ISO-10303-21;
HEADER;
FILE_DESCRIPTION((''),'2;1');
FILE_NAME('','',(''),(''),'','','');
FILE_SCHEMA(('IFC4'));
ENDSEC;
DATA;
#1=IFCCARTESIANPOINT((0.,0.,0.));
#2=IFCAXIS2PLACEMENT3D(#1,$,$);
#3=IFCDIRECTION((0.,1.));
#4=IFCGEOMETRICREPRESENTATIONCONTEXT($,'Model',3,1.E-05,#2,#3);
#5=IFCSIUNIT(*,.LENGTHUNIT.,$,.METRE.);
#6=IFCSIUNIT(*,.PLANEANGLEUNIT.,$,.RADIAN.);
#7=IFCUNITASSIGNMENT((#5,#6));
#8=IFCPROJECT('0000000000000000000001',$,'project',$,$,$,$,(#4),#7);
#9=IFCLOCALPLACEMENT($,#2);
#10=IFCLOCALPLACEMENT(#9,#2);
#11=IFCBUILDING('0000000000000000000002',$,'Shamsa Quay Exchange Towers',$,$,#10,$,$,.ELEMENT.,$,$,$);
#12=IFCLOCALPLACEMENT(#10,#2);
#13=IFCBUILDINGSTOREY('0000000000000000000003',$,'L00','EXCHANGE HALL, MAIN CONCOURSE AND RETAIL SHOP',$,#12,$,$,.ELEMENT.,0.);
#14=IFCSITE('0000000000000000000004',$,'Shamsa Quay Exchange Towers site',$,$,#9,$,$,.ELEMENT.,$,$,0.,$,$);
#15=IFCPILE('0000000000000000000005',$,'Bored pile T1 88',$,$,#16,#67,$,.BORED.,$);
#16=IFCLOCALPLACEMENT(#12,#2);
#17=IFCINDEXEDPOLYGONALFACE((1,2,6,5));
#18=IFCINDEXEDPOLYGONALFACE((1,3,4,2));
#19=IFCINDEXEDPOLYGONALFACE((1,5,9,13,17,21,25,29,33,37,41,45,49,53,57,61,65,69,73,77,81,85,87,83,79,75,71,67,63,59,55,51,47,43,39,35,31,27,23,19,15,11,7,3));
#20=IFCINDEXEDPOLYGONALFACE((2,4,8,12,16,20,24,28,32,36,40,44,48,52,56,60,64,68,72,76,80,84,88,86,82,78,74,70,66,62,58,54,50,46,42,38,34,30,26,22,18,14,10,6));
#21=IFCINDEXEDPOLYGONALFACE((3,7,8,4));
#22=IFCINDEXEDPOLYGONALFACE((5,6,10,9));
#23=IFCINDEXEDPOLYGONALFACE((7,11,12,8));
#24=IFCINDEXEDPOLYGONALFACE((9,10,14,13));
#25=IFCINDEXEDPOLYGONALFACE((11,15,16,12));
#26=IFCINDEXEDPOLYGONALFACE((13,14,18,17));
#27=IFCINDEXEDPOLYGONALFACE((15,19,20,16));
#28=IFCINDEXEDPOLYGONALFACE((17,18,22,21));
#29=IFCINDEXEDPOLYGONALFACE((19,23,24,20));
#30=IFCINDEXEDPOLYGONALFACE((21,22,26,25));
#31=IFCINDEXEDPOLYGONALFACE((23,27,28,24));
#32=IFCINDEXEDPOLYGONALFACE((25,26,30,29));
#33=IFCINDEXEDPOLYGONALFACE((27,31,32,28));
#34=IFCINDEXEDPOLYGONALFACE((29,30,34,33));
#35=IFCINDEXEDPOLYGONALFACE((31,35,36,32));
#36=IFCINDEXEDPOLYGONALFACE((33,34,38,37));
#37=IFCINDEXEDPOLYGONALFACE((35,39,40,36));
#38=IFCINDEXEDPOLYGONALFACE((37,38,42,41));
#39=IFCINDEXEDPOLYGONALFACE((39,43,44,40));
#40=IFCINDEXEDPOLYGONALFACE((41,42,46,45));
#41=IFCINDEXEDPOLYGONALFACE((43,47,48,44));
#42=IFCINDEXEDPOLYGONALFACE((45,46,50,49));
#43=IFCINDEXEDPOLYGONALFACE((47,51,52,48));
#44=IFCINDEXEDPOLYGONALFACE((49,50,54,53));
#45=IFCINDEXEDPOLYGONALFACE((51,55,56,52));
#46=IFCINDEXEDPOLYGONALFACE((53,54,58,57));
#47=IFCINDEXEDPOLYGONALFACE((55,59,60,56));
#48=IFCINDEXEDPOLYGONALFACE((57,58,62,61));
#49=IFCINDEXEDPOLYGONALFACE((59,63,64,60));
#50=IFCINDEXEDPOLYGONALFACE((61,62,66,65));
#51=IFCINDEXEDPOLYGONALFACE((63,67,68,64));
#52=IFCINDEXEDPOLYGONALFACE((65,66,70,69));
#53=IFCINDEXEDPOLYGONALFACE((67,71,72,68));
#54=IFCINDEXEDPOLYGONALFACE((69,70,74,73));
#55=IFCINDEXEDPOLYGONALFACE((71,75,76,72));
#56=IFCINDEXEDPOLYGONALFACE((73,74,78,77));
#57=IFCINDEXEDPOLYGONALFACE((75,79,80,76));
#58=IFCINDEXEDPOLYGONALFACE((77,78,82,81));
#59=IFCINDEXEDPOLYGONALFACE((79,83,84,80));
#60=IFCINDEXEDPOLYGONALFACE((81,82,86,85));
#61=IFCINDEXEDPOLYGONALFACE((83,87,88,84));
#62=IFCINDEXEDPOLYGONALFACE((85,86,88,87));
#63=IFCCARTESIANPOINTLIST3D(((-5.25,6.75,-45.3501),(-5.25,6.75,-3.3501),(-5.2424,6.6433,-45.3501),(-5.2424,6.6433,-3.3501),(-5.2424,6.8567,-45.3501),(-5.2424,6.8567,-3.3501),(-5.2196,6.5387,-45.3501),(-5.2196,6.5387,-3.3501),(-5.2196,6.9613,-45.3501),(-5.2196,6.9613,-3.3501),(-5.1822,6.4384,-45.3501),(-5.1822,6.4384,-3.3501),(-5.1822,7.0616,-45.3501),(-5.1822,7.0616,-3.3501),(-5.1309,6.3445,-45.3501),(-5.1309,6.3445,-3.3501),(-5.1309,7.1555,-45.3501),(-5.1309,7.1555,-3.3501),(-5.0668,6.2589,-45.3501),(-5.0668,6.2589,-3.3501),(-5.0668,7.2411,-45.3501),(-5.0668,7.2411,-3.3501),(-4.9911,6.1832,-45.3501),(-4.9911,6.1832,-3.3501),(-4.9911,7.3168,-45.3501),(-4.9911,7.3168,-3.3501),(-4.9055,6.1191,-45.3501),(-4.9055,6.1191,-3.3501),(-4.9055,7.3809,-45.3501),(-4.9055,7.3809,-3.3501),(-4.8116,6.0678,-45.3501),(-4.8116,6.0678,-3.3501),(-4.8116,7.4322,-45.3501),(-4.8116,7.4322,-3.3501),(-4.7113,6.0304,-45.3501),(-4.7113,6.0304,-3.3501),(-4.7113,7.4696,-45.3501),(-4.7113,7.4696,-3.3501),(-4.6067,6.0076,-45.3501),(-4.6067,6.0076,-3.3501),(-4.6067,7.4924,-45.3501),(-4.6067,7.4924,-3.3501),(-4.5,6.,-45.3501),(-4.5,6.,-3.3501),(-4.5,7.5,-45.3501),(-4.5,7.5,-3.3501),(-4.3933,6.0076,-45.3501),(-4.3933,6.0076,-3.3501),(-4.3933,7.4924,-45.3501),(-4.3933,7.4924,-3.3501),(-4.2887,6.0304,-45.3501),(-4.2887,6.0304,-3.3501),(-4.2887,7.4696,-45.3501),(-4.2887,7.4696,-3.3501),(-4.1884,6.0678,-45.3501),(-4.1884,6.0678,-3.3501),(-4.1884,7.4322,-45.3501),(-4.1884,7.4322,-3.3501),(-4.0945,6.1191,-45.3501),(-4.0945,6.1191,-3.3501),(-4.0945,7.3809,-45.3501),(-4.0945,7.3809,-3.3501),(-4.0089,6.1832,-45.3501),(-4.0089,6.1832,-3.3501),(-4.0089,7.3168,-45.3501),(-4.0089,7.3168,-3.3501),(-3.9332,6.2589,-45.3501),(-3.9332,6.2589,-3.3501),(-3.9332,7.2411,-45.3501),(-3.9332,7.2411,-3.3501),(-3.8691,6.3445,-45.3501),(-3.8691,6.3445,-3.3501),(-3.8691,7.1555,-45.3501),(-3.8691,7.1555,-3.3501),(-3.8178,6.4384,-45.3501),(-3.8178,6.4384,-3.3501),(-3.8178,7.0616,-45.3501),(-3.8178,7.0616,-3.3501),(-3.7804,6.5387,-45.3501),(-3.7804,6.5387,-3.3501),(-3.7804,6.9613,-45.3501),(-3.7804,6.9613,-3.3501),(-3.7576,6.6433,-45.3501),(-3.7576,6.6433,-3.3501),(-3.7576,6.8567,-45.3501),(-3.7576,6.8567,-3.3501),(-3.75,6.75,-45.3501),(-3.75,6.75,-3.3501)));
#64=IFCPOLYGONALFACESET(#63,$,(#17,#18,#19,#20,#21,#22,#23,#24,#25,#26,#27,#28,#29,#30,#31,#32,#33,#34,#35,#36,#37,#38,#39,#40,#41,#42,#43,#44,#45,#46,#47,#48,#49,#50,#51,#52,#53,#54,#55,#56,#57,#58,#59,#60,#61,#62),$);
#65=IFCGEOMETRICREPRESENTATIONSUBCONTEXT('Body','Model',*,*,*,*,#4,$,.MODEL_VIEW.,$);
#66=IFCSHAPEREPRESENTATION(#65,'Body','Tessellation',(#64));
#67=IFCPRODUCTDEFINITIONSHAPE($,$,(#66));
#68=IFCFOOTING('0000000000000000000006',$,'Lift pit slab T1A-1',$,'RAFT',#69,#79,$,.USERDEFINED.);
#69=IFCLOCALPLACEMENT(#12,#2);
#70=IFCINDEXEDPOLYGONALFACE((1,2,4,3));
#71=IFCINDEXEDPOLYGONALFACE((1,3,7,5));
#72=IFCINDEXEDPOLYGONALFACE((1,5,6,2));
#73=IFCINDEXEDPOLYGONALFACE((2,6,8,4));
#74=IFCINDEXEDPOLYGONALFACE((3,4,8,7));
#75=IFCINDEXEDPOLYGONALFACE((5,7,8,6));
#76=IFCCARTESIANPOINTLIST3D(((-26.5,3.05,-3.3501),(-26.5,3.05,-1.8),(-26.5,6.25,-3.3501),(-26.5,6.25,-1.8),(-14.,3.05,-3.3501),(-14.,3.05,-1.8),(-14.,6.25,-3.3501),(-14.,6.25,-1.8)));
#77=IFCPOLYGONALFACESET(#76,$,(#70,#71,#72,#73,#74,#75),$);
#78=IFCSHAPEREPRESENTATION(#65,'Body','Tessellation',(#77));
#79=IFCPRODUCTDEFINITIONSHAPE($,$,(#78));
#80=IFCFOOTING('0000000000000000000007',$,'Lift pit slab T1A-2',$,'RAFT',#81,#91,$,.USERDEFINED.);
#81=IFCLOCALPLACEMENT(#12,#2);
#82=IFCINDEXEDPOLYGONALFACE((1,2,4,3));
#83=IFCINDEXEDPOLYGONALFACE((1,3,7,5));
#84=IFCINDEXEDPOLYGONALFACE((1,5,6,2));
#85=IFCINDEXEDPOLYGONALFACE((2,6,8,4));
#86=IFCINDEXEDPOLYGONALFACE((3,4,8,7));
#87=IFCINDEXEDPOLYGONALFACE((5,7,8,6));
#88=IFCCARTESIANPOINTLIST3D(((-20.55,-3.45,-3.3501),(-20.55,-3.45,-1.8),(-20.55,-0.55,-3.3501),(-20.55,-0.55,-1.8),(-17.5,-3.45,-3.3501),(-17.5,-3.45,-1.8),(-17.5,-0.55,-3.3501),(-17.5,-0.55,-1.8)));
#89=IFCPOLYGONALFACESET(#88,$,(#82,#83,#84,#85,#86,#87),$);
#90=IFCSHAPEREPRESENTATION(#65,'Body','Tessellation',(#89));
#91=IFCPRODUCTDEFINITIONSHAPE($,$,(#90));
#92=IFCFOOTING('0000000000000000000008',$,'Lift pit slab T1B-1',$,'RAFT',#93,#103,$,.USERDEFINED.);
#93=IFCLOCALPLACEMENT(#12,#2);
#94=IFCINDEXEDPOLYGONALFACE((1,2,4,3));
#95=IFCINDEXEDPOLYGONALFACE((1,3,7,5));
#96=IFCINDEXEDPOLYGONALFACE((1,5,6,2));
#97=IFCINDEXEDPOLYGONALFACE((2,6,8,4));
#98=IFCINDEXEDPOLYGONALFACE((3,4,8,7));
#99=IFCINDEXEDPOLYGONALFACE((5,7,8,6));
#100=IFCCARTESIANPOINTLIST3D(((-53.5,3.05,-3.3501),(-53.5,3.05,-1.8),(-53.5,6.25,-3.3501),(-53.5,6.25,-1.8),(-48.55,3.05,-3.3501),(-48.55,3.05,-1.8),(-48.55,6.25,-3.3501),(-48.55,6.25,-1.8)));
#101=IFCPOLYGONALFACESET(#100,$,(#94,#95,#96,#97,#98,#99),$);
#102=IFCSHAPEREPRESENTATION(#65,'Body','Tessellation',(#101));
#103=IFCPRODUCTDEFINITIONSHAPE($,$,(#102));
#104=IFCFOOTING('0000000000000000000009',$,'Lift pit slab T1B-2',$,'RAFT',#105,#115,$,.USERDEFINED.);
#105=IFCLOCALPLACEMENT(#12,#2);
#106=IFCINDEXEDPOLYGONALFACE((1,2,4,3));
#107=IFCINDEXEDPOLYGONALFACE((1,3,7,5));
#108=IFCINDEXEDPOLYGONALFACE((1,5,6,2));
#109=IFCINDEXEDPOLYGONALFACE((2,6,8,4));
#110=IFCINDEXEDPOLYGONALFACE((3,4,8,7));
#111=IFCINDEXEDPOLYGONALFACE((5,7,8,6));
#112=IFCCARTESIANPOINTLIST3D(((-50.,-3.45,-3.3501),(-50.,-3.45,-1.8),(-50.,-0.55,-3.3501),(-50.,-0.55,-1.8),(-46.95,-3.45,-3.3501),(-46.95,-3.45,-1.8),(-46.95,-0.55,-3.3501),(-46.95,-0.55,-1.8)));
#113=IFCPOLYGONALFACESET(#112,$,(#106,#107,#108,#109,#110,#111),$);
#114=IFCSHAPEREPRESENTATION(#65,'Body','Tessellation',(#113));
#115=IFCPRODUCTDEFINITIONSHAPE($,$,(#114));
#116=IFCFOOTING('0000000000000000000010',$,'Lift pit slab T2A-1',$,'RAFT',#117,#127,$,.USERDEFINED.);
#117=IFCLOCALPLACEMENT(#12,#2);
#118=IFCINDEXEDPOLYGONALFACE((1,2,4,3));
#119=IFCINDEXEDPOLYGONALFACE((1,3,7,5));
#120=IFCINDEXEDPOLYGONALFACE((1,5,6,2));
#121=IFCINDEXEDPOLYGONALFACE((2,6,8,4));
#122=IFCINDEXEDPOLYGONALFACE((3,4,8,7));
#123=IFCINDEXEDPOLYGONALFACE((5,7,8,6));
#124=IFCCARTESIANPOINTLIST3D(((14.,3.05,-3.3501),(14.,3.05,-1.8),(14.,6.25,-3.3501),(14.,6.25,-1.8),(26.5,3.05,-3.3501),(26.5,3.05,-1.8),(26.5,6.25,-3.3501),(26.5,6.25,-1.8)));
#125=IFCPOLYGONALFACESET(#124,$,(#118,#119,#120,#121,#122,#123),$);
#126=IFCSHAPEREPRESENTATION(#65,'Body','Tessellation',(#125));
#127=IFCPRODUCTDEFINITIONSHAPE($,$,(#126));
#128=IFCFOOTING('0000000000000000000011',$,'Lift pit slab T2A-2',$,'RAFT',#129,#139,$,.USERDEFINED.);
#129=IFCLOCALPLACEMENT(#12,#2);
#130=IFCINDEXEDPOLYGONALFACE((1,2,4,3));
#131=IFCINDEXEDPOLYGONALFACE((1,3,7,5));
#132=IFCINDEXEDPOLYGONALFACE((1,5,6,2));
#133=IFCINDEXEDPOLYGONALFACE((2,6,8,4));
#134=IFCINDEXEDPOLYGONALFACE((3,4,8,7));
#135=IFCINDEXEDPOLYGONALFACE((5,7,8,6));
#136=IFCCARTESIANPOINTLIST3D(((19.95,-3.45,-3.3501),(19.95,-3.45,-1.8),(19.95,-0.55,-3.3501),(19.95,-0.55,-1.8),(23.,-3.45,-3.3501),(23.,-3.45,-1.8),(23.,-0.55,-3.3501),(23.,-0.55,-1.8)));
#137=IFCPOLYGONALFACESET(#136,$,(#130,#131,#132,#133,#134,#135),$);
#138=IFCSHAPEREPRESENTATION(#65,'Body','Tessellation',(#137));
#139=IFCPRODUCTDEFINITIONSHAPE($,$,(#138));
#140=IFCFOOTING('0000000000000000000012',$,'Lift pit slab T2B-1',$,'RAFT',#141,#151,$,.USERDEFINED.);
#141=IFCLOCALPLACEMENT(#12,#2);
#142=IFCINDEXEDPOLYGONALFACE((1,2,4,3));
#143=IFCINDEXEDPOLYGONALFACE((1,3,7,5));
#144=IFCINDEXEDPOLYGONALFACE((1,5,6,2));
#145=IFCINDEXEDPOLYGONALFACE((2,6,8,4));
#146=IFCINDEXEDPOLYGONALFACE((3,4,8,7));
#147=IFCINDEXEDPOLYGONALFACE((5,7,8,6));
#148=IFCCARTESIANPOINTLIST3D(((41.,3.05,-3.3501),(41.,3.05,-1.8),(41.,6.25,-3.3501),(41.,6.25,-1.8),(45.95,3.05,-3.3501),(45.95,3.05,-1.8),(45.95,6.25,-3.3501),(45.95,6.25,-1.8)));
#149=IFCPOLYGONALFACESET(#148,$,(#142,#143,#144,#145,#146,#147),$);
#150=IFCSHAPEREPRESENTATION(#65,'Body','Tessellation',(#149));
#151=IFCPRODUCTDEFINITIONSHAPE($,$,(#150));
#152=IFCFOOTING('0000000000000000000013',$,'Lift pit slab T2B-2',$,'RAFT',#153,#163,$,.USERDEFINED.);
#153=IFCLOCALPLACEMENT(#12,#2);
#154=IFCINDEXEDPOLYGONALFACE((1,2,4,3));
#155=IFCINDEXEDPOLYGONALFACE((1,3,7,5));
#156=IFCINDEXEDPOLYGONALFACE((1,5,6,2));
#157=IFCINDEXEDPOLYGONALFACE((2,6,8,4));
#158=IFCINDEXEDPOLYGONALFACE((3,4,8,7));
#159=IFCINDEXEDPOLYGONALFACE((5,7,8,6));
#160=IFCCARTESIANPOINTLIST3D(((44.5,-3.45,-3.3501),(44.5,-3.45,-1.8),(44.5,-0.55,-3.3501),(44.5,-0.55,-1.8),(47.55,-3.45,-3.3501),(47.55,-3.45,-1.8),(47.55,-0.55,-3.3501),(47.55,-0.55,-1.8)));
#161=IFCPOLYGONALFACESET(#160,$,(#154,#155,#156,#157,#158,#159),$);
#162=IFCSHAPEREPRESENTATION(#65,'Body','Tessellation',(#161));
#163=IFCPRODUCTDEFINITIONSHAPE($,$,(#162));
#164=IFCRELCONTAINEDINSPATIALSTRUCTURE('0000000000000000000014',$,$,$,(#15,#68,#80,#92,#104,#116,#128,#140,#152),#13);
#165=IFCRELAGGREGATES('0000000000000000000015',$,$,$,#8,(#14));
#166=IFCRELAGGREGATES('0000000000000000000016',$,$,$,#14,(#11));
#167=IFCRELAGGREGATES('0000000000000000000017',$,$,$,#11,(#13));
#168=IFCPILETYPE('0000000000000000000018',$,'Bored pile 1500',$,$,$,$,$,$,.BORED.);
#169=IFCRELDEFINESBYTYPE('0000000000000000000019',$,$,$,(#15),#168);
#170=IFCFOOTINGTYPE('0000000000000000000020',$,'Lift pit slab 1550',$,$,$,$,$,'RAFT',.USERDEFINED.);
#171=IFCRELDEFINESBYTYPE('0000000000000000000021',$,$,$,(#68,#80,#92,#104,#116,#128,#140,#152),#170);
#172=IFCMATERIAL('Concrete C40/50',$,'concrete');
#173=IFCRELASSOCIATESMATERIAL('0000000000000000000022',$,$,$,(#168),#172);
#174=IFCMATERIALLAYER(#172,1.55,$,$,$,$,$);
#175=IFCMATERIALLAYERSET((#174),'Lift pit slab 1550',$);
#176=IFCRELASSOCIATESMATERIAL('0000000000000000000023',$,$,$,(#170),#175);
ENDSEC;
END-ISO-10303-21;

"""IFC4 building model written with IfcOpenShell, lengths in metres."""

from ifc_helpers import new_model, si_unit, direction, frame, origin, origin_2d, place, context, subcontext, project, spatial, polyline, circle, outline, extrude, material, layer, layer_set, material_profile, profile_set, type_object, element, save


model = new_model("IFC4")

# Units and contexts
model_context = context("Model", 3, precision=1e-05, world=origin(), true_north=direction((0.0, 1.0)))
body_context = subcontext(model_context, "Body", "Model", "MODEL_VIEW")
ifc_project = project(units=[si_unit("LENGTHUNIT", "METRE"), si_unit("PLANEANGLEUNIT", "RADIAN")], contexts=[model_context])

# Site, building, storey
site_placement = place(None, origin())
site = spatial("IfcSite", under=ifc_project, at=site_placement, Name="Shamsa Quay Exchange Towers site", CompositionType="ELEMENT", RefElevation=0.0)
building_placement = place(site_placement, origin())
building = spatial("IfcBuilding", under=site, at=building_placement, Name="Shamsa Quay Exchange Towers", CompositionType="ELEMENT")
storey_placement = place(building_placement, origin())
storey = spatial("IfcBuildingStorey", under=building, at=storey_placement, Name="L00", Description="EXCHANGE HALL, MAIN CONCOURSE AND RETAIL SHOP", CompositionType="ELEMENT", Elevation=0.0)

# Pile
ifc_material_1 = material(Name="Concrete C40/50", Category="concrete")
ifc_material_profile_1 = material_profile(ifc_material_1, circle(Radius=0.75, at=origin_2d()), Name="BP1500")
ifc_profile_set_1 = profile_set([ifc_material_profile_1], Name="Concrete C40/50")
pile_type_1 = type_object("IfcPileType", Name="Bored pile 1500", PredefinedType="BORED", material=ifc_profile_set_1)
for number, where, z_axis, x_axis, name in (
    (1, (-4.5, 6.75, -3.3501), (0.0, 0.0, -1.0), (1.0, 0.0, 0.0), "Bored pile T1 88"),
):
    element("IfcPile", number, at=place(storey_placement, frame(where, z_axis=z_axis, x_axis=x_axis)), inside=storey, type_object=pile_type_1, Name=name, PredefinedType="BORED", context=body_context, shape_type="SweptSolid", body=[
        extrude(circle(Radius=0.75, at=origin_2d()), origin(), (0.0, 0.0, 1.0), 42.0),
    ])

# Footings
ifc_layer_1 = layer(ifc_material_1, 1.55)
ifc_layer_set_1 = layer_set([ifc_layer_1], Name="Lift pit slab 1550")
footing_type_1 = type_object("IfcFootingType", Name="Lift pit slab 1550", ElementType="RAFT", PredefinedType="USERDEFINED", material=ifc_layer_set_1)
footing_1_placement = place(storey_placement, frame((0.0, 0.0, -3.3501)))
element("IfcFooting", 2, at=footing_1_placement, inside=storey, type_object=footing_type_1, Name="Lift pit slab T1A-1", ObjectType="RAFT", PredefinedType="USERDEFINED", context=body_context, shape_type="SweptSolid", body=[
    extrude(outline(polyline([(-26.5, 6.25), (-26.5, 3.05), (-14.0, 3.05), (-14.0, 6.25), (-26.5, 6.25)])), origin(), (0.0, 0.0, 1.0), 1.55),
])
footing_2_placement = place(storey_placement, frame((0.0, 0.0, -3.3501)))
element("IfcFooting", 3, at=footing_2_placement, inside=storey, type_object=footing_type_1, Name="Lift pit slab T1A-2", ObjectType="RAFT", PredefinedType="USERDEFINED", context=body_context, shape_type="SweptSolid", body=[
    extrude(outline(polyline([(-17.5, -0.55), (-20.55, -0.55), (-20.55, -3.45), (-17.5, -3.45), (-17.5, -0.55)])), origin(), (0.0, 0.0, 1.0), 1.55),
])
footing_3_placement = place(storey_placement, frame((0.0, 0.0, -3.3501)))
element("IfcFooting", 4, at=footing_3_placement, inside=storey, type_object=footing_type_1, Name="Lift pit slab T1B-1", ObjectType="RAFT", PredefinedType="USERDEFINED", context=body_context, shape_type="SweptSolid", body=[
    extrude(outline(polyline([(-53.5, 3.05), (-48.55, 3.05), (-48.55, 6.25), (-53.5, 6.25), (-53.5, 3.05)])), origin(), (0.0, 0.0, 1.0), 1.55),
])
footing_4_placement = place(storey_placement, frame((0.0, 0.0, -3.3501)))
element("IfcFooting", 5, at=footing_4_placement, inside=storey, type_object=footing_type_1, Name="Lift pit slab T1B-2", ObjectType="RAFT", PredefinedType="USERDEFINED", context=body_context, shape_type="SweptSolid", body=[
    extrude(outline(polyline([(-50.0, -3.45), (-46.95, -3.45), (-46.95, -0.55), (-50.0, -0.55), (-50.0, -3.45)])), origin(), (0.0, 0.0, 1.0), 1.55),
])
footing_5_placement = place(storey_placement, frame((0.0, 0.0, -3.3501)))
element("IfcFooting", 6, at=footing_5_placement, inside=storey, type_object=footing_type_1, Name="Lift pit slab T2A-1", ObjectType="RAFT", PredefinedType="USERDEFINED", context=body_context, shape_type="SweptSolid", body=[
    extrude(outline(polyline([(14.0, 6.25), (14.0, 3.05), (26.5, 3.05), (26.5, 6.25), (14.0, 6.25)])), origin(), (0.0, 0.0, 1.0), 1.55),
])
footing_6_placement = place(storey_placement, frame((0.0, 0.0, -3.3501)))
element("IfcFooting", 7, at=footing_6_placement, inside=storey, type_object=footing_type_1, Name="Lift pit slab T2A-2", ObjectType="RAFT", PredefinedType="USERDEFINED", context=body_context, shape_type="SweptSolid", body=[
    extrude(outline(polyline([(23.0, -0.55), (19.95, -0.55), (19.95, -3.45), (23.0, -3.45), (23.0, -0.55)])), origin(), (0.0, 0.0, 1.0), 1.55),
])
footing_7_placement = place(storey_placement, frame((0.0, 0.0, -3.3501)))
element("IfcFooting", 8, at=footing_7_placement, inside=storey, type_object=footing_type_1, Name="Lift pit slab T2B-1", ObjectType="RAFT", PredefinedType="USERDEFINED", context=body_context, shape_type="SweptSolid", body=[
    extrude(outline(polyline([(41.0, 3.05), (45.95, 3.05), (45.95, 6.25), (41.0, 6.25), (41.0, 3.05)])), origin(), (0.0, 0.0, 1.0), 1.55),
])
footing_8_placement = place(storey_placement, frame((0.0, 0.0, -3.3501)))
element("IfcFooting", 9, at=footing_8_placement, inside=storey, type_object=footing_type_1, Name="Lift pit slab T2B-2", ObjectType="RAFT", PredefinedType="USERDEFINED", context=body_context, shape_type="SweptSolid", body=[
    extrude(outline(polyline([(44.5, -3.45), (47.55, -3.45), (47.55, -0.55), (44.5, -0.55), (44.5, -3.45)])), origin(), (0.0, 0.0, 1.0), 1.55),
])

save(model, "model.ifc")
